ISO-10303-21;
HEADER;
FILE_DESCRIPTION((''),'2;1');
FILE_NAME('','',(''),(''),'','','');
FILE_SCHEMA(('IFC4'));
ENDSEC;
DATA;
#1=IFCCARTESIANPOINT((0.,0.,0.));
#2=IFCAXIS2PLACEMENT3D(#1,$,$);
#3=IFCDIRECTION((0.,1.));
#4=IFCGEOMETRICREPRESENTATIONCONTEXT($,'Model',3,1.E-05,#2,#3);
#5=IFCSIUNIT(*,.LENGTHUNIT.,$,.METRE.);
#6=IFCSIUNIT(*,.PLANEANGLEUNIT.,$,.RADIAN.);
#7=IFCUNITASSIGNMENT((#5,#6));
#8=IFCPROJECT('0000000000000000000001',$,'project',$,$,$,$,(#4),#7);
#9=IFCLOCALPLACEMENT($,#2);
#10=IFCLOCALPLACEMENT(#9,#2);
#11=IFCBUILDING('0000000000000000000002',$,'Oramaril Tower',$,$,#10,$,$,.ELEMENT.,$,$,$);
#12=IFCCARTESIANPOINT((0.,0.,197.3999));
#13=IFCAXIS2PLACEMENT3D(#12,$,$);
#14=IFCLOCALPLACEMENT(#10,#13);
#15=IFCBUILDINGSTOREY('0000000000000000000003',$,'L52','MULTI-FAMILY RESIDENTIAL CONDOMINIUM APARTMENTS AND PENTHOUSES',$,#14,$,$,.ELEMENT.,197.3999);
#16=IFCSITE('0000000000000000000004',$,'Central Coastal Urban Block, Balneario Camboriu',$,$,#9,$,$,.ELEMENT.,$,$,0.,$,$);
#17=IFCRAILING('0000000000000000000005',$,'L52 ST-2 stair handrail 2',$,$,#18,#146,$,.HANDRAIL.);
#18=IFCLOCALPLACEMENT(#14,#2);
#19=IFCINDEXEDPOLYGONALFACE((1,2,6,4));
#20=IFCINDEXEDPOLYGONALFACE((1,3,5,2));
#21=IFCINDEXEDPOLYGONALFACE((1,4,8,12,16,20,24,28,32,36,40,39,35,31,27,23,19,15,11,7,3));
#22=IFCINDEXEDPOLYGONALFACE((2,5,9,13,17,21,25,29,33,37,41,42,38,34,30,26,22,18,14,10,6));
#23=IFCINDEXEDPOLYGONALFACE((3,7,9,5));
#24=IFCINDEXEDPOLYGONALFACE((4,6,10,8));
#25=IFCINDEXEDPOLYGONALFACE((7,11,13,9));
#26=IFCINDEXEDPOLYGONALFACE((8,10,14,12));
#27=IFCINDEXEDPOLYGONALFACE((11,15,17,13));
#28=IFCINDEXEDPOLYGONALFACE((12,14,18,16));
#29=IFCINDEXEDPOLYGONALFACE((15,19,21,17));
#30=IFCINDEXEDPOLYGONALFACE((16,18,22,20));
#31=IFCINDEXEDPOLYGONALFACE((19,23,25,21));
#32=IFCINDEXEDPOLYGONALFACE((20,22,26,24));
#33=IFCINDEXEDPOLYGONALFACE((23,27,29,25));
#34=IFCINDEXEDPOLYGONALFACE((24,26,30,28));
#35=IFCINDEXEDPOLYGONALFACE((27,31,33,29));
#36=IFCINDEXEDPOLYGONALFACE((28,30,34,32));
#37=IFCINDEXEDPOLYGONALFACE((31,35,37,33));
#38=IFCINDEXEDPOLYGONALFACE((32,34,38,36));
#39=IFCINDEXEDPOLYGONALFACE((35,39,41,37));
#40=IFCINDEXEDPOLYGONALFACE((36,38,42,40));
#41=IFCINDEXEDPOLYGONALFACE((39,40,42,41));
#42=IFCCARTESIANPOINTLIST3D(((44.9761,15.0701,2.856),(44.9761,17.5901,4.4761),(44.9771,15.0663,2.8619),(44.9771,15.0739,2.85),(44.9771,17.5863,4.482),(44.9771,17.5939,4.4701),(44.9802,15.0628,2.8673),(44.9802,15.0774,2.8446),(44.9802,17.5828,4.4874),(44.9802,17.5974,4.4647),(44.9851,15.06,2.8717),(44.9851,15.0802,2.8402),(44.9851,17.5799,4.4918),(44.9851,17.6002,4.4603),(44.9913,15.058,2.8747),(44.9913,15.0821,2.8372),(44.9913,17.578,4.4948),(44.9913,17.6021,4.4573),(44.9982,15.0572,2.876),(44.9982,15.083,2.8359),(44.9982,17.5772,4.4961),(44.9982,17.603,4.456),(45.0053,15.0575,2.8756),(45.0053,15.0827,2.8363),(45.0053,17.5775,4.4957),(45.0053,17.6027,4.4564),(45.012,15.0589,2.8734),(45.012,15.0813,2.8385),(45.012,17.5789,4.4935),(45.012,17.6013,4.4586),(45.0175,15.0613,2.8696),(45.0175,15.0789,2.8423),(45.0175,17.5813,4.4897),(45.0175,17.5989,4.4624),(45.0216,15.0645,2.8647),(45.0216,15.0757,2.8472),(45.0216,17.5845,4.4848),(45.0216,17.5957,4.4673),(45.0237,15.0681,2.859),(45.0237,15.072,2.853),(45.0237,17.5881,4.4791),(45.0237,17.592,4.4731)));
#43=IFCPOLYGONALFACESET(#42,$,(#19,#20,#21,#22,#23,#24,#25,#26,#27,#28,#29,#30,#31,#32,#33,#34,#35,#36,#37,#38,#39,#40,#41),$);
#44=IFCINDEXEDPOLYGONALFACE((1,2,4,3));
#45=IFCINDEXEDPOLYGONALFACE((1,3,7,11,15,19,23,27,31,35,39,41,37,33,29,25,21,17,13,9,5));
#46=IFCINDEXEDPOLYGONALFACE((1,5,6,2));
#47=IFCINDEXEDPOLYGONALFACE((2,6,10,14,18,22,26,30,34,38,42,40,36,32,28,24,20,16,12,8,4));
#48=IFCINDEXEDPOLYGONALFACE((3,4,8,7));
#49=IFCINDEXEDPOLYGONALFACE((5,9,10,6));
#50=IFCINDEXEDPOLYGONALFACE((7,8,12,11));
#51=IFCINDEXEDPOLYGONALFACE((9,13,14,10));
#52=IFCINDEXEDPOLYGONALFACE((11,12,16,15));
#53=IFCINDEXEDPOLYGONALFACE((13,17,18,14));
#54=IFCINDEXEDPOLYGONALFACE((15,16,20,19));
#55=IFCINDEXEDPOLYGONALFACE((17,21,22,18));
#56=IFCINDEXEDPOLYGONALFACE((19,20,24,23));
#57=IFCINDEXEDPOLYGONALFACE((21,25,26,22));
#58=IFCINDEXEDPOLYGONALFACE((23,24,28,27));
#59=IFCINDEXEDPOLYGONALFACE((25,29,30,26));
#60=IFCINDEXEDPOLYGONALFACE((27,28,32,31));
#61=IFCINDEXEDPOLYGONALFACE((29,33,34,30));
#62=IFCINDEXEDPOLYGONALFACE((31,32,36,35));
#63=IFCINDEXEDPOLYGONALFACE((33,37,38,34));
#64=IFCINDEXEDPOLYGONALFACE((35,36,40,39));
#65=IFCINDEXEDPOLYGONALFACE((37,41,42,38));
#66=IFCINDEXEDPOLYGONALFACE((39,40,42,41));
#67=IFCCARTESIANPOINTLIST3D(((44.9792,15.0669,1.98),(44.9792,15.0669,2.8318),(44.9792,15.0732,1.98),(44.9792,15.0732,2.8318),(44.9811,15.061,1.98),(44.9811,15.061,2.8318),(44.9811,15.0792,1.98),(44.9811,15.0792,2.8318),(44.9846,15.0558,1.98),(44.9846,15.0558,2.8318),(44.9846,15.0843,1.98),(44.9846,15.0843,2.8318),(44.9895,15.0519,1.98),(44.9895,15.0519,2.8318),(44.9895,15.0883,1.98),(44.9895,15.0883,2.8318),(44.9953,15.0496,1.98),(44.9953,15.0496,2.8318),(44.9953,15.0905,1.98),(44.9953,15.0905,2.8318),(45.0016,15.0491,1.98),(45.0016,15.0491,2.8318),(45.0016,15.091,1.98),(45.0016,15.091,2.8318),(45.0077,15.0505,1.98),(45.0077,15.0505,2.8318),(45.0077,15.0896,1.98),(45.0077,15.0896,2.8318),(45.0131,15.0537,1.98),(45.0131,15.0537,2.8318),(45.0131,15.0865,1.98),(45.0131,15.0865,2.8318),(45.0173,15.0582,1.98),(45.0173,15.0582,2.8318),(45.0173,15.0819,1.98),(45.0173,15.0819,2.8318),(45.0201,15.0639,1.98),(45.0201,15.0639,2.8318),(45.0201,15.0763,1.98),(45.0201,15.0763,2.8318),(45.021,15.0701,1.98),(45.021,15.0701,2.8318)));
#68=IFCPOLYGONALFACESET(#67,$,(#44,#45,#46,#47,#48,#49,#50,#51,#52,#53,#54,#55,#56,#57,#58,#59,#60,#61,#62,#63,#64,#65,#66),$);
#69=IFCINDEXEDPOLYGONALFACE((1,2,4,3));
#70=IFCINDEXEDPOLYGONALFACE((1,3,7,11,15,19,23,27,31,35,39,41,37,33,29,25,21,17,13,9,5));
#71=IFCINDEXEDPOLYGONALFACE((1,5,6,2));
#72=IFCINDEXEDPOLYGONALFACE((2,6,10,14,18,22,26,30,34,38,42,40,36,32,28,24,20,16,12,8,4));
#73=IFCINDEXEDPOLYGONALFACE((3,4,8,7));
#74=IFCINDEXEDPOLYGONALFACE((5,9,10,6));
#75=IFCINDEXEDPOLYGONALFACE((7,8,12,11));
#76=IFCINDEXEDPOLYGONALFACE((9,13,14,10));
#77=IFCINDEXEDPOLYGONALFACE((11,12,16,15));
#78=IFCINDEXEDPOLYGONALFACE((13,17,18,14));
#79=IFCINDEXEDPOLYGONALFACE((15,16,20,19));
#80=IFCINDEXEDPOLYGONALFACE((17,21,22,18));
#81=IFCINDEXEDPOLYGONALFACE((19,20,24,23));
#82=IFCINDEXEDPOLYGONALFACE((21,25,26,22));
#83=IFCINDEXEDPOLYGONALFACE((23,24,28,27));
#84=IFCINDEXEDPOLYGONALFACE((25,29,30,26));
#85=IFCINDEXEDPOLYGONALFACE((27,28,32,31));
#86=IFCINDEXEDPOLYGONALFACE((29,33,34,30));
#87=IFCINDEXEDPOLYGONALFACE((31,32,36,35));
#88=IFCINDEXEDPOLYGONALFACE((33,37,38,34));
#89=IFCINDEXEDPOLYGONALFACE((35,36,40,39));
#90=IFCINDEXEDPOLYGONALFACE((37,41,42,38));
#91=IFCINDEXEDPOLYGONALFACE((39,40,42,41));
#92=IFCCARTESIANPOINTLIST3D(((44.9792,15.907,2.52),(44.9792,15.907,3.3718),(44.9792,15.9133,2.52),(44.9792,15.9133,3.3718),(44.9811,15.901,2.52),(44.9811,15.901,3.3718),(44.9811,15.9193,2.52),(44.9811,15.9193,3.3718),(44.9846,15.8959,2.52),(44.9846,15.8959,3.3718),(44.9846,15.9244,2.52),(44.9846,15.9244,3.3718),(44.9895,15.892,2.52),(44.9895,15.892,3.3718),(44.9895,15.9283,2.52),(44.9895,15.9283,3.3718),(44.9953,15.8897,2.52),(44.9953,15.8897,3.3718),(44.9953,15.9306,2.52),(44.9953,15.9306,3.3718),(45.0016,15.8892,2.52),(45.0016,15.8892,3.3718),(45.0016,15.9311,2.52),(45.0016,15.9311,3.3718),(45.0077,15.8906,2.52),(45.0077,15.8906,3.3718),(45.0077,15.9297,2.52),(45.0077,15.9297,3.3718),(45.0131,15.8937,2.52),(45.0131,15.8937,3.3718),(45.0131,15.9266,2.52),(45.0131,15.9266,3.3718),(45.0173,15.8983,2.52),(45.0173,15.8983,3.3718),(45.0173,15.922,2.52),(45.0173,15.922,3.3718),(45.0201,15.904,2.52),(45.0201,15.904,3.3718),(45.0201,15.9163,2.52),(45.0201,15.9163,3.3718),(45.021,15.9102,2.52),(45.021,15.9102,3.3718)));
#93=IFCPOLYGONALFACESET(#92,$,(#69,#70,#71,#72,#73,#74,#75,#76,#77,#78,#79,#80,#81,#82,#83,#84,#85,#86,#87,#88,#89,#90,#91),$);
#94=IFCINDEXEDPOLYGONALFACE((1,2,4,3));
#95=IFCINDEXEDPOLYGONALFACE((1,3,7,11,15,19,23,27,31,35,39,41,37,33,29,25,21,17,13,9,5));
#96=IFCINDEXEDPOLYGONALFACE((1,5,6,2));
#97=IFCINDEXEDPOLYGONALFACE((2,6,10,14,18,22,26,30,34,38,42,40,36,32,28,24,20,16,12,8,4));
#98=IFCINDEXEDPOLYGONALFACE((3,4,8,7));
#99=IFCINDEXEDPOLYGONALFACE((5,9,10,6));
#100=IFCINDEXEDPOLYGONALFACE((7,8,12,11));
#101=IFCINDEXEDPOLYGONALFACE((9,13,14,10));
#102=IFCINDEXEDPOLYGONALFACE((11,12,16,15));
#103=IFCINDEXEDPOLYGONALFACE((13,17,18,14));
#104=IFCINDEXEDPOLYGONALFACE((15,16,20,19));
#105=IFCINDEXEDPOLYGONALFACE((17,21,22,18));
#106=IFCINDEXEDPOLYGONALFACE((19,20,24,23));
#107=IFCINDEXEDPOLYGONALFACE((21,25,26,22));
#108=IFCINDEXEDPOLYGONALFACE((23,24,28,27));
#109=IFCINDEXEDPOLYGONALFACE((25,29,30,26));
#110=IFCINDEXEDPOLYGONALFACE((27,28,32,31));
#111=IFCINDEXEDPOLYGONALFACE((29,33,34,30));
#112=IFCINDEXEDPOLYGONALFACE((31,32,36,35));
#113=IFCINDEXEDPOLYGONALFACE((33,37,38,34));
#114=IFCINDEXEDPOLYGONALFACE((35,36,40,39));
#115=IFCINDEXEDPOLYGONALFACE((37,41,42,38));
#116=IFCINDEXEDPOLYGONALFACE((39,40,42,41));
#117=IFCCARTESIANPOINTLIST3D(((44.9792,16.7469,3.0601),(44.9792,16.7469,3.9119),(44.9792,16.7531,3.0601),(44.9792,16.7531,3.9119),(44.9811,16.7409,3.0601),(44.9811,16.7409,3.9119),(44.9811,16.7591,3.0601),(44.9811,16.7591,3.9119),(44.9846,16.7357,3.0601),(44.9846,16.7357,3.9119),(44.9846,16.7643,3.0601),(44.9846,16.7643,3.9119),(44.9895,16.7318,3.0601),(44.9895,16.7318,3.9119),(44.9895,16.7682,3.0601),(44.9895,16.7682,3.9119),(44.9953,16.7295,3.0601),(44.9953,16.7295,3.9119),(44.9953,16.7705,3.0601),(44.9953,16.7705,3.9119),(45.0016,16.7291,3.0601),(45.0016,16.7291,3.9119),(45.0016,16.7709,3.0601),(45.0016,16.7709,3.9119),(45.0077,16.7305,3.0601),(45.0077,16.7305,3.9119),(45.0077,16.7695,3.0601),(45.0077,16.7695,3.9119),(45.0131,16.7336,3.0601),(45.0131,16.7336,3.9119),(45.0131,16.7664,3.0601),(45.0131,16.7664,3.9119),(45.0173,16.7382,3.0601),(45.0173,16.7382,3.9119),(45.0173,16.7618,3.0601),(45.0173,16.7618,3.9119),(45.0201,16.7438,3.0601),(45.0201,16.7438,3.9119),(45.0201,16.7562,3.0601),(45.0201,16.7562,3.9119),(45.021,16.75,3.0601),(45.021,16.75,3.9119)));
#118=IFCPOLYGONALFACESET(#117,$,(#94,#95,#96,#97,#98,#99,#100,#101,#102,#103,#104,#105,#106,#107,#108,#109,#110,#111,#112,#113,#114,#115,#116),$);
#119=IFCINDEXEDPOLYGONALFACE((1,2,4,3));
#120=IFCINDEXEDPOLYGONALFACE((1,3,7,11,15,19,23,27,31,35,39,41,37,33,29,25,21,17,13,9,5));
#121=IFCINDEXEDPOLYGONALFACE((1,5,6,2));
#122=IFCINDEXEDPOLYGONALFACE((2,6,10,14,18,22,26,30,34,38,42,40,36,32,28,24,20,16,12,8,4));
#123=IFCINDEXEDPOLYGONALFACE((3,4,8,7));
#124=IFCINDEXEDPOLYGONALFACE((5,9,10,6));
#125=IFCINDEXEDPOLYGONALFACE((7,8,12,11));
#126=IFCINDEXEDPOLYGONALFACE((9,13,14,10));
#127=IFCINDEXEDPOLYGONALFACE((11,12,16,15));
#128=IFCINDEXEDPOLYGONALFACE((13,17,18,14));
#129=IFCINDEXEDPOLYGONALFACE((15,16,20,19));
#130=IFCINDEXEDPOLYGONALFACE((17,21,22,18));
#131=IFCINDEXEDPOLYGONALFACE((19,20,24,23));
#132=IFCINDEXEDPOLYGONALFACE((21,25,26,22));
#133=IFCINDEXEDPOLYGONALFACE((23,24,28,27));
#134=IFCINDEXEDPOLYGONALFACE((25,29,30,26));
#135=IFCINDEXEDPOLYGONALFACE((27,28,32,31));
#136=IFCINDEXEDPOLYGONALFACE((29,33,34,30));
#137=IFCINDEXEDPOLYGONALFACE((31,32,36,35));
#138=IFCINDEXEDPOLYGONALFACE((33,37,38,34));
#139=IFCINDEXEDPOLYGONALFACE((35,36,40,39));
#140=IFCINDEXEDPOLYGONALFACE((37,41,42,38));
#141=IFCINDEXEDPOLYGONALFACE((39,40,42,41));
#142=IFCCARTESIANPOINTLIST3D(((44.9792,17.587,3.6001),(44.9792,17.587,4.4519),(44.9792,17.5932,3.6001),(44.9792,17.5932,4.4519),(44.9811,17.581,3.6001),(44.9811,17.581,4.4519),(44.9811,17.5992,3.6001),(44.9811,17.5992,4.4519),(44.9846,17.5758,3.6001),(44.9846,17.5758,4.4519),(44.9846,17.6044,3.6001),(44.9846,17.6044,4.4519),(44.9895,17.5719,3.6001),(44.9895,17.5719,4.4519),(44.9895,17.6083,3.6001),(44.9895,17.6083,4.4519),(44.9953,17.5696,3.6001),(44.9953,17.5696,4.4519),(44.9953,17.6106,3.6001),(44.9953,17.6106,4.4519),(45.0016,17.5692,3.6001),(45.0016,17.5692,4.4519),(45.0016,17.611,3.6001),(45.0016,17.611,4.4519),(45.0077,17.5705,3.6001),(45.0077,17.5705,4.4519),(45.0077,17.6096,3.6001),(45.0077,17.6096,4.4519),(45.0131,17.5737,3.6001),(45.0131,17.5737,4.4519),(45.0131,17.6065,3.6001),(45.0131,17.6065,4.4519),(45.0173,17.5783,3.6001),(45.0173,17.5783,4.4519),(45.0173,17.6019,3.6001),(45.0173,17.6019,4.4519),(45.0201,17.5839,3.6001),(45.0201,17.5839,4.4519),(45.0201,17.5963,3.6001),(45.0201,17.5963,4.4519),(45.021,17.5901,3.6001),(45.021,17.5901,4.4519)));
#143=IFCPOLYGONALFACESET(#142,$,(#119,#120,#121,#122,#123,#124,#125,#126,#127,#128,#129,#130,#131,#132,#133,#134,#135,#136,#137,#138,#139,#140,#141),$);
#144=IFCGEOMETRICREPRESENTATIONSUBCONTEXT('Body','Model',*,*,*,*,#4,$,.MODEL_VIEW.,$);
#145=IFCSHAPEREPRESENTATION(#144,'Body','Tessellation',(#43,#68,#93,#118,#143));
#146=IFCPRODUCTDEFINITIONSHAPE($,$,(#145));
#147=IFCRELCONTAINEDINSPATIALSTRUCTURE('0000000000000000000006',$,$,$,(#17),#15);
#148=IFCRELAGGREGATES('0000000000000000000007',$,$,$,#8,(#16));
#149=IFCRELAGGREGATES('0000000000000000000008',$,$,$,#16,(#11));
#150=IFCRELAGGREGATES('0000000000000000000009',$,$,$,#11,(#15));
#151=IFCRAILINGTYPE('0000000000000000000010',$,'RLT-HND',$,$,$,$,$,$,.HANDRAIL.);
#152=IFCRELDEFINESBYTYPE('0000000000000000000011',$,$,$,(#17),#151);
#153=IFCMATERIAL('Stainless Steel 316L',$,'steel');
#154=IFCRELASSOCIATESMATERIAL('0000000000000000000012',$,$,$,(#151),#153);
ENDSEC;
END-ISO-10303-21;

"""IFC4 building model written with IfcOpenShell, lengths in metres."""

from ifc_helpers import new_model, si_unit, direction, frame, origin, origin_2d, place, context, subcontext, project, spatial, circle, extrude, material, type_object, element, save


model = new_model("IFC4")

# Units and contexts
model_context = context("Model", 3, precision=1e-05, world=origin(), true_north=direction((0.0, 1.0)))
body_context = subcontext(model_context, "Body", "Model", "MODEL_VIEW")
ifc_project = project(units=[si_unit("LENGTHUNIT", "METRE"), si_unit("PLANEANGLEUNIT", "RADIAN")], contexts=[model_context])

# Site, building, storey
site_placement = place(None, origin())
site = spatial("IfcSite", under=ifc_project, at=site_placement, Name="Central Coastal Urban Block, Balneario Camboriu", CompositionType="ELEMENT", RefElevation=0.0)
building_placement = place(site_placement, origin())
building = spatial("IfcBuilding", under=site, at=building_placement, Name="Oramaril Tower", CompositionType="ELEMENT")
storey_placement = place(building_placement, frame((0.0, 0.0, 197.3999)))
storey = spatial("IfcBuildingStorey", under=building, at=storey_placement, Name="L52", Description="MULTI-FAMILY RESIDENTIAL CONDOMINIUM APARTMENTS AND PENTHOUSES", CompositionType="ELEMENT", Elevation=197.3999)

# Railing
ifc_material_1 = material(Name="Stainless Steel 316L", Category="steel")
railing_type_1 = type_object("IfcRailingType", Name="RLT-HND", PredefinedType="HANDRAIL", material=ifc_material_1)
railing_1_placement = place(storey_placement, frame((45.0, 15.0701, 1.98)))
element("IfcRailing", 1, at=railing_1_placement, inside=storey, type_object=railing_type_1, Name="L52 ST-2 stair handrail 2", PredefinedType="HANDRAIL", context=body_context, shape_type="SweptSolid", body=[
    extrude(circle(Radius=0.0239, at=origin_2d()), frame((0.0, 0.0, 0.876), z_axis=(0.0, 0.841163, 0.540782), x_axis=(-1.0, 0.0, 0.0)), (0.0, 0.0, 1.0), 2.9958),
    extrude(circle(Radius=0.021, at=origin_2d()), origin(), (0.0, 0.0, 1.0), 0.8518),
    extrude(circle(Radius=0.021, at=origin_2d()), frame((0.0, 0.8401, 0.54)), (0.0, 0.0, 1.0), 0.8518),
    extrude(circle(Radius=0.021, at=origin_2d()), frame((0.0, 1.6799, 1.0801)), (0.0, 0.0, 1.0), 0.8518),
    extrude(circle(Radius=0.021, at=origin_2d()), frame((0.0, 2.52, 1.6201)), (0.0, 0.0, 1.0), 0.8518),
])

save(model, "model.ifc")
